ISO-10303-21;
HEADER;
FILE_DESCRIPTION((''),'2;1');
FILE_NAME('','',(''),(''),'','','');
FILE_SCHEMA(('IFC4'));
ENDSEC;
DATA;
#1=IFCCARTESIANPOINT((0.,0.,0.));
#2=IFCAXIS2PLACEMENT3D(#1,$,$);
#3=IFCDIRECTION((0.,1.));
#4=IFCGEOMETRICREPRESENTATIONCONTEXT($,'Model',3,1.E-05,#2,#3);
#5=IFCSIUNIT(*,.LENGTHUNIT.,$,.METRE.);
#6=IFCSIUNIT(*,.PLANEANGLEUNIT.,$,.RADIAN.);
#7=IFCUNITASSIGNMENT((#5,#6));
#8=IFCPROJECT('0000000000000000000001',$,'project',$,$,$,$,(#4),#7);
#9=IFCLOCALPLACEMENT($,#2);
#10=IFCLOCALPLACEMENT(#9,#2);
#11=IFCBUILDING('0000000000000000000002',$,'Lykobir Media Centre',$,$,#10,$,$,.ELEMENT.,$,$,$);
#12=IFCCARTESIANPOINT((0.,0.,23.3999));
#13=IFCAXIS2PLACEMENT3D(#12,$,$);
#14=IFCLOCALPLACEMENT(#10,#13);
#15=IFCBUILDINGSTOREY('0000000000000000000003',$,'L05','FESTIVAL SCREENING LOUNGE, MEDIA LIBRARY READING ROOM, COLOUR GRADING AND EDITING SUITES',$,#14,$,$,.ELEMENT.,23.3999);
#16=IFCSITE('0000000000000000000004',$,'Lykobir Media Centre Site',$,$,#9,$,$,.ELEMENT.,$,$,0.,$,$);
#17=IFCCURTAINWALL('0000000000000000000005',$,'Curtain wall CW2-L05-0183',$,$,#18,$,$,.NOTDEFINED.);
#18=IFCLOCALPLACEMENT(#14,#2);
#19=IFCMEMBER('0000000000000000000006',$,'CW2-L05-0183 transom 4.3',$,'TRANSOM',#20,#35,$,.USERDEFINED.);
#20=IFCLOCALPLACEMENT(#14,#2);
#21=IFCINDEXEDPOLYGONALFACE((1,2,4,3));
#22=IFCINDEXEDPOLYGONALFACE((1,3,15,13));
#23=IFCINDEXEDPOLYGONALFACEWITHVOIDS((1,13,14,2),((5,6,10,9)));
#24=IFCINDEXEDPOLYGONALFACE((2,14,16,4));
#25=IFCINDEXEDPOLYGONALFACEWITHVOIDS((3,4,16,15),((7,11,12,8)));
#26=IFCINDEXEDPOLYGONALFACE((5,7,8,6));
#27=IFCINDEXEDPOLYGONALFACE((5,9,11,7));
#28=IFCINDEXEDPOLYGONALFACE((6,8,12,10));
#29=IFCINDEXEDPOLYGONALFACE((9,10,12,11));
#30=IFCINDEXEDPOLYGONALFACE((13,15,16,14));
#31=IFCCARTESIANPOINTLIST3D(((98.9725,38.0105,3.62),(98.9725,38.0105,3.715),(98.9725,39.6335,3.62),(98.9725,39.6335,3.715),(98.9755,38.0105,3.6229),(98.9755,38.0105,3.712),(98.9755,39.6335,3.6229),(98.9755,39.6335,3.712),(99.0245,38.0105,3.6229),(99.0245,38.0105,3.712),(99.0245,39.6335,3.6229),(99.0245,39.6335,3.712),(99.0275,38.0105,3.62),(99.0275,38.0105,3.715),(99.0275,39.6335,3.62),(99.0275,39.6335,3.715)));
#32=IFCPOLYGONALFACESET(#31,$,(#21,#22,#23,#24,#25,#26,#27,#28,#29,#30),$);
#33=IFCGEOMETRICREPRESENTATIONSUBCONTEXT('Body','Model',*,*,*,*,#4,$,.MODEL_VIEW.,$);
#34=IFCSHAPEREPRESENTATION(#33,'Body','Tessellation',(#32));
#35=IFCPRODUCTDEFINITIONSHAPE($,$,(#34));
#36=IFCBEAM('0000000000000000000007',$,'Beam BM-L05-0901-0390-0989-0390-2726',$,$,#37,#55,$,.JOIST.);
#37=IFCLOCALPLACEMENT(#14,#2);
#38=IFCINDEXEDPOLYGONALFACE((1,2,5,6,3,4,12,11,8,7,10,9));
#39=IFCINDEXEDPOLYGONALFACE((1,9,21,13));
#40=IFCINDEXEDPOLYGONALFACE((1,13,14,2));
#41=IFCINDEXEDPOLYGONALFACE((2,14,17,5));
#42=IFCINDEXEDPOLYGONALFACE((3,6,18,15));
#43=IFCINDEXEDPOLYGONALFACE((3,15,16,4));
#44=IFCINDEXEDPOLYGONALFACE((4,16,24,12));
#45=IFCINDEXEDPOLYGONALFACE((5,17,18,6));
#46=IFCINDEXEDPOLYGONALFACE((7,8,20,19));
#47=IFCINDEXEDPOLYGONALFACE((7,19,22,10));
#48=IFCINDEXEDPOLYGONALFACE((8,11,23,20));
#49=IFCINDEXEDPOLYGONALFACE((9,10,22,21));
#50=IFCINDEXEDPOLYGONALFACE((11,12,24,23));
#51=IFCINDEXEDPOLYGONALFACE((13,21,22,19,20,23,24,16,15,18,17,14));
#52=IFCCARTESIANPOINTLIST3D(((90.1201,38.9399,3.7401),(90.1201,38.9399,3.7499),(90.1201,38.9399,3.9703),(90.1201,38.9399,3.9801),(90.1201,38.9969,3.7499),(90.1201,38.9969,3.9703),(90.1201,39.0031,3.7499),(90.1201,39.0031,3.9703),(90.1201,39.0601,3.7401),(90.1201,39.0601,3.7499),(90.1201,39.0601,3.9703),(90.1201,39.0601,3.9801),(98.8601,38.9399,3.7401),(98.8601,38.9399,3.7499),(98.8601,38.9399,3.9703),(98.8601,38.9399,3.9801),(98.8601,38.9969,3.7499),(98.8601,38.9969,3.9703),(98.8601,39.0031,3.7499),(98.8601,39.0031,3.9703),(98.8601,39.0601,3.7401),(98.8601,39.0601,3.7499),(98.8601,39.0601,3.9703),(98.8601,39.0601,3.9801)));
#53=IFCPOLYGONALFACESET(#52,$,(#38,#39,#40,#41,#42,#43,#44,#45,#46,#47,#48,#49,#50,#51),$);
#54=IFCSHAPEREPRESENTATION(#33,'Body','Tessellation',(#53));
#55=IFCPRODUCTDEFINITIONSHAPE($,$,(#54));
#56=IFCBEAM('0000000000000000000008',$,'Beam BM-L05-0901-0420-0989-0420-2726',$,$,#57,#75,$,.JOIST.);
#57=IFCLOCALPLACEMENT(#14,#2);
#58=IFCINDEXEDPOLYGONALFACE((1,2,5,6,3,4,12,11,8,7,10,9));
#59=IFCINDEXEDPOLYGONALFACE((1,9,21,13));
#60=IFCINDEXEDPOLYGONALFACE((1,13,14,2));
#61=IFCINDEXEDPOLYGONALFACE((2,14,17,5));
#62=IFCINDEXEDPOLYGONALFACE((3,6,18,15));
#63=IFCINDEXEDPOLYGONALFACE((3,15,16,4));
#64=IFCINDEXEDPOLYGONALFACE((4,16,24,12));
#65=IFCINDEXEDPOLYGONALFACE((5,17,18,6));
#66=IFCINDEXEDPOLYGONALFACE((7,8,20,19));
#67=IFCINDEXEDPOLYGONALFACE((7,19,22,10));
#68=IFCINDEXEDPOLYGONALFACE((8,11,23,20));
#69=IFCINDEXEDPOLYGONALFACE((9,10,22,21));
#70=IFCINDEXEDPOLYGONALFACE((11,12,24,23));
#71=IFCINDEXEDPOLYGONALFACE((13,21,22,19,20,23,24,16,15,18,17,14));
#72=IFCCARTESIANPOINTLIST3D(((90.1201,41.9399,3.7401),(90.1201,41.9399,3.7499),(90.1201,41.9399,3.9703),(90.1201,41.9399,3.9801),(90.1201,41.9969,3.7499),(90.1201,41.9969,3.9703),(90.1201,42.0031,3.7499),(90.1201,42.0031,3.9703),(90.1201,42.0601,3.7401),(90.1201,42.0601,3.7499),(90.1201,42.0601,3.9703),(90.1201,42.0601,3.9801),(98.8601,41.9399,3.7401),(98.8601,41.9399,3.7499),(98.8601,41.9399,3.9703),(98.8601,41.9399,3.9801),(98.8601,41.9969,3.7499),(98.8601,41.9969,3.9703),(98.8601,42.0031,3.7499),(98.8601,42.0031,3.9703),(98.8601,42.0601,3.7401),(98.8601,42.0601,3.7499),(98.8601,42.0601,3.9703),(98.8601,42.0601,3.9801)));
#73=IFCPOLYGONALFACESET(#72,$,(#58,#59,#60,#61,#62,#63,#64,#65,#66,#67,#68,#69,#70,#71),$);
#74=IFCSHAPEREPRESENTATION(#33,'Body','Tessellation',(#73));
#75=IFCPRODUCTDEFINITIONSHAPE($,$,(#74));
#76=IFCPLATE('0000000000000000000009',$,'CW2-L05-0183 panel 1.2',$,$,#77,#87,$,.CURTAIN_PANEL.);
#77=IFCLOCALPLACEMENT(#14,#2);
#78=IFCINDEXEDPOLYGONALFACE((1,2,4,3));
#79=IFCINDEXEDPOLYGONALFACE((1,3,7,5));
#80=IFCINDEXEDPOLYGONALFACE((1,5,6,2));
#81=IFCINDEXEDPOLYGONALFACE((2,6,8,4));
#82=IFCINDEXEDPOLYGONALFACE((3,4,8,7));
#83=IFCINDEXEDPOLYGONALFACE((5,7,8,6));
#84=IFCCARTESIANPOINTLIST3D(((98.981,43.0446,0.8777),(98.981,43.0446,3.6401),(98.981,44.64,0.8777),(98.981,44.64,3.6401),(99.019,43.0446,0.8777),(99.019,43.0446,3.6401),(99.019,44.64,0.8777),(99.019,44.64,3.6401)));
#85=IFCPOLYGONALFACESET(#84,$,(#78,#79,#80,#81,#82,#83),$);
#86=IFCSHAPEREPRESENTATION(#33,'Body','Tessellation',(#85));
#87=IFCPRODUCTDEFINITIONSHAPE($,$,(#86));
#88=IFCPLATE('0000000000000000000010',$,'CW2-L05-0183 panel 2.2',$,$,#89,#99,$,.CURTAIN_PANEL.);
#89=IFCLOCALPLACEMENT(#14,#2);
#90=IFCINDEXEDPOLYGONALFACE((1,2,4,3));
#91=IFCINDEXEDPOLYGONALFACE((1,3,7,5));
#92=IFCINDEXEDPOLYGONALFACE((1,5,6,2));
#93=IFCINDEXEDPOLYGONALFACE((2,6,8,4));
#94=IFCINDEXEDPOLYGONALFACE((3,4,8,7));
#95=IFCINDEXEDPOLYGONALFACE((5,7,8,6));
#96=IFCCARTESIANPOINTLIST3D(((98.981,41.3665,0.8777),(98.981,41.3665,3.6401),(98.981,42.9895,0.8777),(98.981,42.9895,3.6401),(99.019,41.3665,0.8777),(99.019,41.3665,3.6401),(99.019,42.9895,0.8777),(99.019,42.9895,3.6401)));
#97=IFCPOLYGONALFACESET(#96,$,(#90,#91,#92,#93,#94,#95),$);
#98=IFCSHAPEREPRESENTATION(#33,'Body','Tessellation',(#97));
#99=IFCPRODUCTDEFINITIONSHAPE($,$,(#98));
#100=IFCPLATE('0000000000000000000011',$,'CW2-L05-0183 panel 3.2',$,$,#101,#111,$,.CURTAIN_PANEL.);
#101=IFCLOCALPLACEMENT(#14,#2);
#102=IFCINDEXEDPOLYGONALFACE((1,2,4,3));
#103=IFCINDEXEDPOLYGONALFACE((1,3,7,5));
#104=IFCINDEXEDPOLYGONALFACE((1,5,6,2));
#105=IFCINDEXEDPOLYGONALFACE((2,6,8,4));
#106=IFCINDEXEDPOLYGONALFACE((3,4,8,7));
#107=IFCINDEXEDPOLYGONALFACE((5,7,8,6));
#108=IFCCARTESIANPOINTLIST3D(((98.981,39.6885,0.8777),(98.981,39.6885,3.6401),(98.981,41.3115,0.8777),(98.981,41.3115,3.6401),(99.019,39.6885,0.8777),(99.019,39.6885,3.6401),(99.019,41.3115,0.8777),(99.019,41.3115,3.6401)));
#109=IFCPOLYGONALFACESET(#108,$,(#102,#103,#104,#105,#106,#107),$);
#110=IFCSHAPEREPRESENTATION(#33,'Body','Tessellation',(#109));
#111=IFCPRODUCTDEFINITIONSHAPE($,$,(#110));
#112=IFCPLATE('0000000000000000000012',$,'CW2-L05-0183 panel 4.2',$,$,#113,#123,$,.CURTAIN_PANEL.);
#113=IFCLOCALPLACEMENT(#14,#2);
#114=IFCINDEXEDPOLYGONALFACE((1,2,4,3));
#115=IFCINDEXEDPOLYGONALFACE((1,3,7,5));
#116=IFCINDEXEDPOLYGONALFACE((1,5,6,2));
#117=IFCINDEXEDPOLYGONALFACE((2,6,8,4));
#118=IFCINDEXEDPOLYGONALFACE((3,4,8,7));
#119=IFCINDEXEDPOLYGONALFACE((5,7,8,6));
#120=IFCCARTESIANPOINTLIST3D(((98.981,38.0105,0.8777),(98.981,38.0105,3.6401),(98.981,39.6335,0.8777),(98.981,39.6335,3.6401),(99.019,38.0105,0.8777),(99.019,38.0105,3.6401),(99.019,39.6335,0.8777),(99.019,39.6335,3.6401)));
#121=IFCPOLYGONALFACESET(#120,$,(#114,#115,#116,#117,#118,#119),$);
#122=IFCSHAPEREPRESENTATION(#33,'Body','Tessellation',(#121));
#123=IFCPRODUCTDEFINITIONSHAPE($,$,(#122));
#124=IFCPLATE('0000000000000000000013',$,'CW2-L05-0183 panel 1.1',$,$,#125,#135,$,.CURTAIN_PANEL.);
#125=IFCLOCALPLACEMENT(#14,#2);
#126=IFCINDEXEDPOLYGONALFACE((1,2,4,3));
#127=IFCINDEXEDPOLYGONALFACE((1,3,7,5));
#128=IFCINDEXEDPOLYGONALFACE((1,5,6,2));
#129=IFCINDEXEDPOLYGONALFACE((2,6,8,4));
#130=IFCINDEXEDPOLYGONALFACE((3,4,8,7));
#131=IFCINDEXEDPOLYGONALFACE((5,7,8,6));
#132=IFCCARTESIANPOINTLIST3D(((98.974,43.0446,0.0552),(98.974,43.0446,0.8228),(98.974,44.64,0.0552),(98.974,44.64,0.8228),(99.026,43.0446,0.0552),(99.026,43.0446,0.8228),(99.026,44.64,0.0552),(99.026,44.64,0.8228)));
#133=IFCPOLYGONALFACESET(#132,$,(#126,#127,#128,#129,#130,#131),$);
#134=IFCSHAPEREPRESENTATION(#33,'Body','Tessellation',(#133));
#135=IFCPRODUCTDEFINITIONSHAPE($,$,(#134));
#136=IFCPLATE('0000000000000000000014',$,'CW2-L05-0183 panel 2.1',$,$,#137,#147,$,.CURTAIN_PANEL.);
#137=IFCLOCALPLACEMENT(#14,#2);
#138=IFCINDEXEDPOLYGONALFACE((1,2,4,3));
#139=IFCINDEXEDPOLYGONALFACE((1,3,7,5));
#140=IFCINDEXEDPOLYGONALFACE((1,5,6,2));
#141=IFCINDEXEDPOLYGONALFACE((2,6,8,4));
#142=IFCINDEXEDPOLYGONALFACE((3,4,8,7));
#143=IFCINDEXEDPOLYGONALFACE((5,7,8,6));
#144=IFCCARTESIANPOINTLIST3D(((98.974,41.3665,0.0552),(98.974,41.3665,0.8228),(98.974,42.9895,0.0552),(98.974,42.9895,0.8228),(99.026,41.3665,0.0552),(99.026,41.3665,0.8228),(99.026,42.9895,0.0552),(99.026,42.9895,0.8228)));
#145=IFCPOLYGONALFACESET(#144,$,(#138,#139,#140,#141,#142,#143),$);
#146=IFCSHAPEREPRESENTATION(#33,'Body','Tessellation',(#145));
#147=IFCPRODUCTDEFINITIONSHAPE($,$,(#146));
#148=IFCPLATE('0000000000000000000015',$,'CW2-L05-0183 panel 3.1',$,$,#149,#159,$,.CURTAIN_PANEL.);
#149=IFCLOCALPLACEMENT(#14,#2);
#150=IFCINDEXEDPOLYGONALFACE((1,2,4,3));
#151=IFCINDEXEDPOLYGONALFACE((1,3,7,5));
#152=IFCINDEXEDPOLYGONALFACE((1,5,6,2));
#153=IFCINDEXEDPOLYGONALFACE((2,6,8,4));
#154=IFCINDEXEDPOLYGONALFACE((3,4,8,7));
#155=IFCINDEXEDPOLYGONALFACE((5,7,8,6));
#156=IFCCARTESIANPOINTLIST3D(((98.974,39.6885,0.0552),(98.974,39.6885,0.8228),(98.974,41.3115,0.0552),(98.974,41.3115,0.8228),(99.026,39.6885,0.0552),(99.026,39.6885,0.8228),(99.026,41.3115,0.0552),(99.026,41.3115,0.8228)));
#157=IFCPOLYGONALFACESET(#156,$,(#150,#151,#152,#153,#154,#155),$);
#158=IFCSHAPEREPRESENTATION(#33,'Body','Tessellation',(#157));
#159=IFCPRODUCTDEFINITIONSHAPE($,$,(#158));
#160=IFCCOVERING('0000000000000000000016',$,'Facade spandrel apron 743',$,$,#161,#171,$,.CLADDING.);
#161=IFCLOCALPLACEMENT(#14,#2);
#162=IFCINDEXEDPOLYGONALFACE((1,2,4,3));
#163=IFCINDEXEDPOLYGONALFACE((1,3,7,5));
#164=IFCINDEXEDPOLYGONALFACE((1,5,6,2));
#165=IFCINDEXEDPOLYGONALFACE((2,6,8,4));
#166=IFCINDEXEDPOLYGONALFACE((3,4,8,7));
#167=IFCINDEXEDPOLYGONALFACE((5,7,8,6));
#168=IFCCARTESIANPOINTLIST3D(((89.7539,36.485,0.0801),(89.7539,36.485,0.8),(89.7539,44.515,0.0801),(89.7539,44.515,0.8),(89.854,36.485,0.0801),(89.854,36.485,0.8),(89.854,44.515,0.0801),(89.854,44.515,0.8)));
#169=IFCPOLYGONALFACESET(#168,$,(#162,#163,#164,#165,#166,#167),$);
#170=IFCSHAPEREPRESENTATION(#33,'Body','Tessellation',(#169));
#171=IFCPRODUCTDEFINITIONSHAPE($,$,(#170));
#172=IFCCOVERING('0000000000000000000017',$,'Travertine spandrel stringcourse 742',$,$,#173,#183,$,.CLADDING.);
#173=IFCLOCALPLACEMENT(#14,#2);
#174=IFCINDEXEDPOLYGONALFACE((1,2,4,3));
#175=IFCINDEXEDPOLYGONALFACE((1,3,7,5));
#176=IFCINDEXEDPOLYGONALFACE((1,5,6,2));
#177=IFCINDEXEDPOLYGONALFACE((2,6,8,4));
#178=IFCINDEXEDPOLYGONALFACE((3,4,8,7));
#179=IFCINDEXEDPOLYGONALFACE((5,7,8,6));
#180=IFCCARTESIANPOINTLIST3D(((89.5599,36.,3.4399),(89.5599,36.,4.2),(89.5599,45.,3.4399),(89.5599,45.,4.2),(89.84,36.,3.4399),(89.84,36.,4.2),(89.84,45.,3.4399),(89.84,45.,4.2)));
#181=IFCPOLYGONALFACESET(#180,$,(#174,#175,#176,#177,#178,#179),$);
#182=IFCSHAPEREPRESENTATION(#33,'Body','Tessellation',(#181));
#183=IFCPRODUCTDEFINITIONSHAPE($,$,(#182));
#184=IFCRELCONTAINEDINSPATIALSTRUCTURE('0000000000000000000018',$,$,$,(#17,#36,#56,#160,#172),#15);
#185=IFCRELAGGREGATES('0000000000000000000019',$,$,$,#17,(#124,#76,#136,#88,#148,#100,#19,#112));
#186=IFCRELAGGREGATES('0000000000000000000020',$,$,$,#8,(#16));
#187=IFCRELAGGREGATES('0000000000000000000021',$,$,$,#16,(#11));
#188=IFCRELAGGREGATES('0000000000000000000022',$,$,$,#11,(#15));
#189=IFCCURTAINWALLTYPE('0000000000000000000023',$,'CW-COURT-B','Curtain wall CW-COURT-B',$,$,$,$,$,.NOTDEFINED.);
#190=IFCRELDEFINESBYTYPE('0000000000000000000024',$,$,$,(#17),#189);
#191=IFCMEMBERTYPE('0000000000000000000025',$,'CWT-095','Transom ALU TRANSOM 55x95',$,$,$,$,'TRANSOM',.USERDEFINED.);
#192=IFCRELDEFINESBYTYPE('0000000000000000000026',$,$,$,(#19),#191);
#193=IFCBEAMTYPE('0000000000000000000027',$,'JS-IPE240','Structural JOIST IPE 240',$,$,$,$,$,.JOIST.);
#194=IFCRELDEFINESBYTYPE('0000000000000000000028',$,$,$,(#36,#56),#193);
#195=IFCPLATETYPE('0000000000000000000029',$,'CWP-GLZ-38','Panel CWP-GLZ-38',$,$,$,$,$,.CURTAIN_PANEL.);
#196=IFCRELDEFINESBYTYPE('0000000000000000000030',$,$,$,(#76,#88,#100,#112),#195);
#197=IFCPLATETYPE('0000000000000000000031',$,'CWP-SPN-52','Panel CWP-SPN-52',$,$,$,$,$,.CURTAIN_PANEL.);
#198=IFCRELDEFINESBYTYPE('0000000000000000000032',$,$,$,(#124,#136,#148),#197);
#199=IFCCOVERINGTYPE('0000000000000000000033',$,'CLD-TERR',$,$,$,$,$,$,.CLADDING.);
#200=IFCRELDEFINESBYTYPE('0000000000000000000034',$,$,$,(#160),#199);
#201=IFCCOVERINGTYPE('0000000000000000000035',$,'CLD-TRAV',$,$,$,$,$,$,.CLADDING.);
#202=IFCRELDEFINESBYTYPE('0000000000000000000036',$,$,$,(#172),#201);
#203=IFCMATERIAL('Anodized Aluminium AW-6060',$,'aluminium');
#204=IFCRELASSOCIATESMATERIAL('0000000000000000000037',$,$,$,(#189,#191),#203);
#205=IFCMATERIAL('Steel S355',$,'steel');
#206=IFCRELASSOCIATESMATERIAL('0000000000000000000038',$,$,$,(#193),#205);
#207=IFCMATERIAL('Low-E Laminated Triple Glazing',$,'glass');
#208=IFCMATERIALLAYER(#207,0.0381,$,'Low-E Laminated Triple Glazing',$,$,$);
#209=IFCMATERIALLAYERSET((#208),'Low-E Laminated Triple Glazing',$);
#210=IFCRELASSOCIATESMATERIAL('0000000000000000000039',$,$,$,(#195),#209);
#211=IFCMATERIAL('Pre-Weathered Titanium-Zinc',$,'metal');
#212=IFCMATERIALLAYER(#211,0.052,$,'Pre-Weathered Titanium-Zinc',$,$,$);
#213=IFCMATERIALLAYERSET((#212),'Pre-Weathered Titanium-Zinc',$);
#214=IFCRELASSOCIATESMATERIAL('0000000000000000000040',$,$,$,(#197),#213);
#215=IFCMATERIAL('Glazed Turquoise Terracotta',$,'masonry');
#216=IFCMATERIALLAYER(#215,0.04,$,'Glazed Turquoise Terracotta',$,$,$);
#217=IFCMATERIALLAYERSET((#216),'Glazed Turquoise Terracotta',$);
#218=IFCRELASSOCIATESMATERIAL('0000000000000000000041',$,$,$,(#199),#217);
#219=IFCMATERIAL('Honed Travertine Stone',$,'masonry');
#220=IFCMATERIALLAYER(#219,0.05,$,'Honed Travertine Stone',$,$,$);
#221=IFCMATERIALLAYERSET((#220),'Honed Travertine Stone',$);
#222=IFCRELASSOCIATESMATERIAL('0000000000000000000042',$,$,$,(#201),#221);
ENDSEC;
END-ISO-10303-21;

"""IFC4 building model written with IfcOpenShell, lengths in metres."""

from ifc_helpers import new_model, si_unit, direction, frame, origin, origin_2d, place, context, subcontext, project, spatial, rectangle, hollow_rectangle, i_section, extrude, material, layer, layer_set, material_profile, profile_set, type_object, element, aggregate, save


model = new_model("IFC4")

# Units and contexts
model_context = context("Model", 3, precision=1e-05, world=origin(), true_north=direction((0.0, 1.0)))
body_context = subcontext(model_context, "Body", "Model", "MODEL_VIEW")
ifc_project = project(units=[si_unit("LENGTHUNIT", "METRE"), si_unit("PLANEANGLEUNIT", "RADIAN")], contexts=[model_context])

# Site, building, storey
site_placement = place(None, origin())
site = spatial("IfcSite", under=ifc_project, at=site_placement, Name="Lykobir Media Centre Site", CompositionType="ELEMENT", RefElevation=0.0)
building_placement = place(site_placement, origin())
building = spatial("IfcBuilding", under=site, at=building_placement, Name="Lykobir Media Centre", CompositionType="ELEMENT")
storey_placement = place(building_placement, frame((0.0, 0.0, 23.3999)))
storey = spatial("IfcBuildingStorey", under=building, at=storey_placement, Name="L05", Description="FESTIVAL SCREENING LOUNGE, MEDIA LIBRARY READING ROOM, COLOUR GRADING AND EDITING SUITES", CompositionType="ELEMENT", Elevation=23.3999)

# Curtain wall, member
ifc_material_1 = material(Name="Anodized Aluminium AW-6060", Category="aluminium")
curtain_wall_type = type_object("IfcCurtainWallType", Name="CW-COURT-B", Description="Curtain wall CW-COURT-B", PredefinedType="NOTDEFINED", material=ifc_material_1)
curtain_wall_placement = place(storey_placement, origin())
curtain_wall = element("IfcCurtainWall", 1, at=curtain_wall_placement, inside=storey, type_object=curtain_wall_type, Name="Curtain wall CW2-L05-0183", PredefinedType="NOTDEFINED")
ifc_material_profile_1 = material_profile(ifc_material_1, hollow_rectangle(XDim=0.0549, YDim=0.095, WallThickness=0.0029, at=origin_2d()), Name="ALU TRANSOM 55x95")
ifc_profile_set_1 = profile_set([ifc_material_profile_1], Name="Anodized Aluminium AW-6060")
member_type_1 = type_object("IfcMemberType", Name="CWT-095", Description="Transom ALU TRANSOM 55x95", ElementType="TRANSOM", PredefinedType="USERDEFINED", material=ifc_profile_set_1)
member_1_placement = place(storey_placement, frame((99.0, 39.6335, 3.6675), z_axis=(0.0, -1.0, 0.0), x_axis=(1.0, 0.0, 0.0)))
member_1 = element("IfcMember", 2, at=member_1_placement, type_object=member_type_1, Name="CW2-L05-0183 transom 4.3", ObjectType="TRANSOM", PredefinedType="USERDEFINED", context=body_context, shape_type="SweptSolid", body=[
    extrude(hollow_rectangle(XDim=0.0549, YDim=0.095, WallThickness=0.0029, at=origin_2d()), origin(), (0.0, 0.0, 1.0), 1.623),
])

# Beams
ifc_material_2 = material(Name="Steel S355", Category="steel")
ifc_material_profile_2 = material_profile(ifc_material_2, i_section(OverallWidth=0.1201, OverallDepth=0.24, WebThickness=0.0061, FlangeThickness=0.0098, at=origin_2d()), Name="IPE 240")
ifc_profile_set_2 = profile_set([ifc_material_profile_2], Name="Steel S355")
beam_type = type_object("IfcBeamType", Name="JS-IPE240", Description="Structural JOIST IPE 240", PredefinedType="JOIST", material=ifc_profile_set_2)
for number, where, z_axis, x_axis, name in (
    (3, (90.1201, 39.0, 3.8601), (1.0, 0.0, 0.0), (0.0, 1.0, 0.0), "Beam BM-L05-0901-0390-0989-0390-2726"),
    (4, (90.1201, 42.0, 3.8601), (1.0, 0.0, 0.0), (0.0, 1.0, 0.0), "Beam BM-L05-0901-0420-0989-0420-2726"),
):
    element("IfcBeam", number, at=place(storey_placement, frame(where, z_axis=z_axis, x_axis=x_axis)), inside=storey, type_object=beam_type, Name=name, PredefinedType="JOIST", context=body_context, shape_type="SweptSolid", body=[
        extrude(i_section(OverallWidth=0.1201, OverallDepth=0.24, WebThickness=0.0061, FlangeThickness=0.0098, at=origin_2d()), origin(), (0.0, 0.0, 1.0), 8.74),
    ])

# Plates
ifc_material_3 = material(Name="Low-E Laminated Triple Glazing", Category="glass")
ifc_layer_1 = layer(ifc_material_3, 0.0381, Name="Low-E Laminated Triple Glazing")
ifc_layer_set_1 = layer_set([ifc_layer_1], Name="Low-E Laminated Triple Glazing")
plate_type_1 = type_object("IfcPlateType", Name="CWP-GLZ-38", Description="Panel CWP-GLZ-38", PredefinedType="CURTAIN_PANEL", material=ifc_layer_set_1)
plate_1_placement = place(storey_placement, frame((99.0, 43.8423, 0.8777), z_axis=(0.0, 0.0, 1.0), x_axis=(0.0, -1.0, 0.0)))
plate_1 = element("IfcPlate", 5, at=plate_1_placement, type_object=plate_type_1, Name="CW2-L05-0183 panel 1.2", PredefinedType="CURTAIN_PANEL", context=body_context, shape_type="SweptSolid", body=[
    extrude(rectangle(XDim=1.5955, YDim=0.0381, at=origin_2d()), origin(), (0.0, 0.0, 1.0), 2.7625),
])
plate_2_placement = place(storey_placement, frame((99.0, 42.178, 0.8777), z_axis=(0.0, 0.0, 1.0), x_axis=(0.0, -1.0, 0.0)))
plate_2 = element("IfcPlate", 6, at=plate_2_placement, type_object=plate_type_1, Name="CW2-L05-0183 panel 2.2", PredefinedType="CURTAIN_PANEL", context=body_context, shape_type="SweptSolid", body=[
    extrude(rectangle(XDim=1.623, YDim=0.0381, at=origin_2d()), origin(), (0.0, 0.0, 1.0), 2.7625),
])
plate_3_placement = place(storey_placement, frame((99.0, 40.5, 0.8777), z_axis=(0.0, 0.0, 1.0), x_axis=(0.0, -1.0, 0.0)))
plate_3 = element("IfcPlate", 7, at=plate_3_placement, type_object=plate_type_1, Name="CW2-L05-0183 panel 3.2", PredefinedType="CURTAIN_PANEL", context=body_context, shape_type="SweptSolid", body=[
    extrude(rectangle(XDim=1.623, YDim=0.0381, at=origin_2d()), origin(), (0.0, 0.0, 1.0), 2.7625),
])
plate_4_placement = place(storey_placement, frame((99.0, 38.822, 0.8777), z_axis=(0.0, 0.0, 1.0), x_axis=(0.0, -1.0, 0.0)))
plate_4 = element("IfcPlate", 8, at=plate_4_placement, type_object=plate_type_1, Name="CW2-L05-0183 panel 4.2", PredefinedType="CURTAIN_PANEL", context=body_context, shape_type="SweptSolid", body=[
    extrude(rectangle(XDim=1.623, YDim=0.0381, at=origin_2d()), origin(), (0.0, 0.0, 1.0), 2.7625),
])
ifc_material_4 = material(Name="Pre-Weathered Titanium-Zinc", Category="metal")
ifc_layer_2 = layer(ifc_material_4, 0.052, Name="Pre-Weathered Titanium-Zinc")
ifc_layer_set_2 = layer_set([ifc_layer_2], Name="Pre-Weathered Titanium-Zinc")
plate_type_2 = type_object("IfcPlateType", Name="CWP-SPN-52", Description="Panel CWP-SPN-52", PredefinedType="CURTAIN_PANEL", material=ifc_layer_set_2)
plate_5_placement = place(storey_placement, frame((99.0, 43.8423, 0.0552), z_axis=(0.0, 0.0, 1.0), x_axis=(0.0, -1.0, 0.0)))
plate_5 = element("IfcPlate", 9, at=plate_5_placement, type_object=plate_type_2, Name="CW2-L05-0183 panel 1.1", PredefinedType="CURTAIN_PANEL", context=body_context, shape_type="SweptSolid", body=[
    extrude(rectangle(XDim=1.5955, YDim=0.052, at=origin_2d()), origin(), (0.0, 0.0, 1.0), 0.7676),
])
plate_6_placement = place(storey_placement, frame((99.0, 42.178, 0.0552), z_axis=(0.0, 0.0, 1.0), x_axis=(0.0, -1.0, 0.0)))
plate_6 = element("IfcPlate", 10, at=plate_6_placement, type_object=plate_type_2, Name="CW2-L05-0183 panel 2.1", PredefinedType="CURTAIN_PANEL", context=body_context, shape_type="SweptSolid", body=[
    extrude(rectangle(XDim=1.623, YDim=0.052, at=origin_2d()), origin(), (0.0, 0.0, 1.0), 0.7676),
])
plate_7_placement = place(storey_placement, frame((99.0, 40.5, 0.0552), z_axis=(0.0, 0.0, 1.0), x_axis=(0.0, -1.0, 0.0)))
plate_7 = element("IfcPlate", 11, at=plate_7_placement, type_object=plate_type_2, Name="CW2-L05-0183 panel 3.1", PredefinedType="CURTAIN_PANEL", context=body_context, shape_type="SweptSolid", body=[
    extrude(rectangle(XDim=1.623, YDim=0.052, at=origin_2d()), origin(), (0.0, 0.0, 1.0), 0.7676),
])
aggregate(curtain_wall, [plate_5, plate_1, plate_6, plate_2, plate_7, plate_3, member_1, plate_4])

# Coverings
ifc_material_5 = material(Name="Glazed Turquoise Terracotta", Category="masonry")
ifc_layer_3 = layer(ifc_material_5, 0.04, Name="Glazed Turquoise Terracotta")
ifc_layer_set_3 = layer_set([ifc_layer_3], Name="Glazed Turquoise Terracotta")
covering_type_1 = type_object("IfcCoveringType", Name="CLD-TERR", PredefinedType="CLADDING", material=ifc_layer_set_3)
covering_1_placement = place(storey_placement, frame((89.804, 40.5, 0.0801), z_axis=(0.0, 0.0, 1.0), x_axis=(0.0, -1.0, 0.0)))
element("IfcCovering", 12, at=covering_1_placement, inside=storey, type_object=covering_type_1, Name="Facade spandrel apron 743", PredefinedType="CLADDING", context=body_context, shape_type="SweptSolid", body=[
    extrude(rectangle(XDim=8.03, YDim=0.1001, at=origin_2d()), origin(), (0.0, 0.0, 1.0), 0.72),
])
ifc_material_6 = material(Name="Honed Travertine Stone", Category="masonry")
ifc_layer_4 = layer(ifc_material_6, 0.05, Name="Honed Travertine Stone")
ifc_layer_set_4 = layer_set([ifc_layer_4], Name="Honed Travertine Stone")
covering_type_2 = type_object("IfcCoveringType", Name="CLD-TRAV", PredefinedType="CLADDING", material=ifc_layer_set_4)
covering_2_placement = place(storey_placement, frame((89.7, 40.5, 3.4399), z_axis=(0.0, 0.0, 1.0), x_axis=(0.0, -1.0, 0.0)))
element("IfcCovering", 13, at=covering_2_placement, inside=storey, type_object=covering_type_2, Name="Travertine spandrel stringcourse 742", PredefinedType="CLADDING", context=body_context, shape_type="SweptSolid", body=[
    extrude(rectangle(XDim=9.0, YDim=0.28, at=origin_2d()), origin(), (0.0, 0.0, 1.0), 0.76),
])

save(model, "model.ifc")
